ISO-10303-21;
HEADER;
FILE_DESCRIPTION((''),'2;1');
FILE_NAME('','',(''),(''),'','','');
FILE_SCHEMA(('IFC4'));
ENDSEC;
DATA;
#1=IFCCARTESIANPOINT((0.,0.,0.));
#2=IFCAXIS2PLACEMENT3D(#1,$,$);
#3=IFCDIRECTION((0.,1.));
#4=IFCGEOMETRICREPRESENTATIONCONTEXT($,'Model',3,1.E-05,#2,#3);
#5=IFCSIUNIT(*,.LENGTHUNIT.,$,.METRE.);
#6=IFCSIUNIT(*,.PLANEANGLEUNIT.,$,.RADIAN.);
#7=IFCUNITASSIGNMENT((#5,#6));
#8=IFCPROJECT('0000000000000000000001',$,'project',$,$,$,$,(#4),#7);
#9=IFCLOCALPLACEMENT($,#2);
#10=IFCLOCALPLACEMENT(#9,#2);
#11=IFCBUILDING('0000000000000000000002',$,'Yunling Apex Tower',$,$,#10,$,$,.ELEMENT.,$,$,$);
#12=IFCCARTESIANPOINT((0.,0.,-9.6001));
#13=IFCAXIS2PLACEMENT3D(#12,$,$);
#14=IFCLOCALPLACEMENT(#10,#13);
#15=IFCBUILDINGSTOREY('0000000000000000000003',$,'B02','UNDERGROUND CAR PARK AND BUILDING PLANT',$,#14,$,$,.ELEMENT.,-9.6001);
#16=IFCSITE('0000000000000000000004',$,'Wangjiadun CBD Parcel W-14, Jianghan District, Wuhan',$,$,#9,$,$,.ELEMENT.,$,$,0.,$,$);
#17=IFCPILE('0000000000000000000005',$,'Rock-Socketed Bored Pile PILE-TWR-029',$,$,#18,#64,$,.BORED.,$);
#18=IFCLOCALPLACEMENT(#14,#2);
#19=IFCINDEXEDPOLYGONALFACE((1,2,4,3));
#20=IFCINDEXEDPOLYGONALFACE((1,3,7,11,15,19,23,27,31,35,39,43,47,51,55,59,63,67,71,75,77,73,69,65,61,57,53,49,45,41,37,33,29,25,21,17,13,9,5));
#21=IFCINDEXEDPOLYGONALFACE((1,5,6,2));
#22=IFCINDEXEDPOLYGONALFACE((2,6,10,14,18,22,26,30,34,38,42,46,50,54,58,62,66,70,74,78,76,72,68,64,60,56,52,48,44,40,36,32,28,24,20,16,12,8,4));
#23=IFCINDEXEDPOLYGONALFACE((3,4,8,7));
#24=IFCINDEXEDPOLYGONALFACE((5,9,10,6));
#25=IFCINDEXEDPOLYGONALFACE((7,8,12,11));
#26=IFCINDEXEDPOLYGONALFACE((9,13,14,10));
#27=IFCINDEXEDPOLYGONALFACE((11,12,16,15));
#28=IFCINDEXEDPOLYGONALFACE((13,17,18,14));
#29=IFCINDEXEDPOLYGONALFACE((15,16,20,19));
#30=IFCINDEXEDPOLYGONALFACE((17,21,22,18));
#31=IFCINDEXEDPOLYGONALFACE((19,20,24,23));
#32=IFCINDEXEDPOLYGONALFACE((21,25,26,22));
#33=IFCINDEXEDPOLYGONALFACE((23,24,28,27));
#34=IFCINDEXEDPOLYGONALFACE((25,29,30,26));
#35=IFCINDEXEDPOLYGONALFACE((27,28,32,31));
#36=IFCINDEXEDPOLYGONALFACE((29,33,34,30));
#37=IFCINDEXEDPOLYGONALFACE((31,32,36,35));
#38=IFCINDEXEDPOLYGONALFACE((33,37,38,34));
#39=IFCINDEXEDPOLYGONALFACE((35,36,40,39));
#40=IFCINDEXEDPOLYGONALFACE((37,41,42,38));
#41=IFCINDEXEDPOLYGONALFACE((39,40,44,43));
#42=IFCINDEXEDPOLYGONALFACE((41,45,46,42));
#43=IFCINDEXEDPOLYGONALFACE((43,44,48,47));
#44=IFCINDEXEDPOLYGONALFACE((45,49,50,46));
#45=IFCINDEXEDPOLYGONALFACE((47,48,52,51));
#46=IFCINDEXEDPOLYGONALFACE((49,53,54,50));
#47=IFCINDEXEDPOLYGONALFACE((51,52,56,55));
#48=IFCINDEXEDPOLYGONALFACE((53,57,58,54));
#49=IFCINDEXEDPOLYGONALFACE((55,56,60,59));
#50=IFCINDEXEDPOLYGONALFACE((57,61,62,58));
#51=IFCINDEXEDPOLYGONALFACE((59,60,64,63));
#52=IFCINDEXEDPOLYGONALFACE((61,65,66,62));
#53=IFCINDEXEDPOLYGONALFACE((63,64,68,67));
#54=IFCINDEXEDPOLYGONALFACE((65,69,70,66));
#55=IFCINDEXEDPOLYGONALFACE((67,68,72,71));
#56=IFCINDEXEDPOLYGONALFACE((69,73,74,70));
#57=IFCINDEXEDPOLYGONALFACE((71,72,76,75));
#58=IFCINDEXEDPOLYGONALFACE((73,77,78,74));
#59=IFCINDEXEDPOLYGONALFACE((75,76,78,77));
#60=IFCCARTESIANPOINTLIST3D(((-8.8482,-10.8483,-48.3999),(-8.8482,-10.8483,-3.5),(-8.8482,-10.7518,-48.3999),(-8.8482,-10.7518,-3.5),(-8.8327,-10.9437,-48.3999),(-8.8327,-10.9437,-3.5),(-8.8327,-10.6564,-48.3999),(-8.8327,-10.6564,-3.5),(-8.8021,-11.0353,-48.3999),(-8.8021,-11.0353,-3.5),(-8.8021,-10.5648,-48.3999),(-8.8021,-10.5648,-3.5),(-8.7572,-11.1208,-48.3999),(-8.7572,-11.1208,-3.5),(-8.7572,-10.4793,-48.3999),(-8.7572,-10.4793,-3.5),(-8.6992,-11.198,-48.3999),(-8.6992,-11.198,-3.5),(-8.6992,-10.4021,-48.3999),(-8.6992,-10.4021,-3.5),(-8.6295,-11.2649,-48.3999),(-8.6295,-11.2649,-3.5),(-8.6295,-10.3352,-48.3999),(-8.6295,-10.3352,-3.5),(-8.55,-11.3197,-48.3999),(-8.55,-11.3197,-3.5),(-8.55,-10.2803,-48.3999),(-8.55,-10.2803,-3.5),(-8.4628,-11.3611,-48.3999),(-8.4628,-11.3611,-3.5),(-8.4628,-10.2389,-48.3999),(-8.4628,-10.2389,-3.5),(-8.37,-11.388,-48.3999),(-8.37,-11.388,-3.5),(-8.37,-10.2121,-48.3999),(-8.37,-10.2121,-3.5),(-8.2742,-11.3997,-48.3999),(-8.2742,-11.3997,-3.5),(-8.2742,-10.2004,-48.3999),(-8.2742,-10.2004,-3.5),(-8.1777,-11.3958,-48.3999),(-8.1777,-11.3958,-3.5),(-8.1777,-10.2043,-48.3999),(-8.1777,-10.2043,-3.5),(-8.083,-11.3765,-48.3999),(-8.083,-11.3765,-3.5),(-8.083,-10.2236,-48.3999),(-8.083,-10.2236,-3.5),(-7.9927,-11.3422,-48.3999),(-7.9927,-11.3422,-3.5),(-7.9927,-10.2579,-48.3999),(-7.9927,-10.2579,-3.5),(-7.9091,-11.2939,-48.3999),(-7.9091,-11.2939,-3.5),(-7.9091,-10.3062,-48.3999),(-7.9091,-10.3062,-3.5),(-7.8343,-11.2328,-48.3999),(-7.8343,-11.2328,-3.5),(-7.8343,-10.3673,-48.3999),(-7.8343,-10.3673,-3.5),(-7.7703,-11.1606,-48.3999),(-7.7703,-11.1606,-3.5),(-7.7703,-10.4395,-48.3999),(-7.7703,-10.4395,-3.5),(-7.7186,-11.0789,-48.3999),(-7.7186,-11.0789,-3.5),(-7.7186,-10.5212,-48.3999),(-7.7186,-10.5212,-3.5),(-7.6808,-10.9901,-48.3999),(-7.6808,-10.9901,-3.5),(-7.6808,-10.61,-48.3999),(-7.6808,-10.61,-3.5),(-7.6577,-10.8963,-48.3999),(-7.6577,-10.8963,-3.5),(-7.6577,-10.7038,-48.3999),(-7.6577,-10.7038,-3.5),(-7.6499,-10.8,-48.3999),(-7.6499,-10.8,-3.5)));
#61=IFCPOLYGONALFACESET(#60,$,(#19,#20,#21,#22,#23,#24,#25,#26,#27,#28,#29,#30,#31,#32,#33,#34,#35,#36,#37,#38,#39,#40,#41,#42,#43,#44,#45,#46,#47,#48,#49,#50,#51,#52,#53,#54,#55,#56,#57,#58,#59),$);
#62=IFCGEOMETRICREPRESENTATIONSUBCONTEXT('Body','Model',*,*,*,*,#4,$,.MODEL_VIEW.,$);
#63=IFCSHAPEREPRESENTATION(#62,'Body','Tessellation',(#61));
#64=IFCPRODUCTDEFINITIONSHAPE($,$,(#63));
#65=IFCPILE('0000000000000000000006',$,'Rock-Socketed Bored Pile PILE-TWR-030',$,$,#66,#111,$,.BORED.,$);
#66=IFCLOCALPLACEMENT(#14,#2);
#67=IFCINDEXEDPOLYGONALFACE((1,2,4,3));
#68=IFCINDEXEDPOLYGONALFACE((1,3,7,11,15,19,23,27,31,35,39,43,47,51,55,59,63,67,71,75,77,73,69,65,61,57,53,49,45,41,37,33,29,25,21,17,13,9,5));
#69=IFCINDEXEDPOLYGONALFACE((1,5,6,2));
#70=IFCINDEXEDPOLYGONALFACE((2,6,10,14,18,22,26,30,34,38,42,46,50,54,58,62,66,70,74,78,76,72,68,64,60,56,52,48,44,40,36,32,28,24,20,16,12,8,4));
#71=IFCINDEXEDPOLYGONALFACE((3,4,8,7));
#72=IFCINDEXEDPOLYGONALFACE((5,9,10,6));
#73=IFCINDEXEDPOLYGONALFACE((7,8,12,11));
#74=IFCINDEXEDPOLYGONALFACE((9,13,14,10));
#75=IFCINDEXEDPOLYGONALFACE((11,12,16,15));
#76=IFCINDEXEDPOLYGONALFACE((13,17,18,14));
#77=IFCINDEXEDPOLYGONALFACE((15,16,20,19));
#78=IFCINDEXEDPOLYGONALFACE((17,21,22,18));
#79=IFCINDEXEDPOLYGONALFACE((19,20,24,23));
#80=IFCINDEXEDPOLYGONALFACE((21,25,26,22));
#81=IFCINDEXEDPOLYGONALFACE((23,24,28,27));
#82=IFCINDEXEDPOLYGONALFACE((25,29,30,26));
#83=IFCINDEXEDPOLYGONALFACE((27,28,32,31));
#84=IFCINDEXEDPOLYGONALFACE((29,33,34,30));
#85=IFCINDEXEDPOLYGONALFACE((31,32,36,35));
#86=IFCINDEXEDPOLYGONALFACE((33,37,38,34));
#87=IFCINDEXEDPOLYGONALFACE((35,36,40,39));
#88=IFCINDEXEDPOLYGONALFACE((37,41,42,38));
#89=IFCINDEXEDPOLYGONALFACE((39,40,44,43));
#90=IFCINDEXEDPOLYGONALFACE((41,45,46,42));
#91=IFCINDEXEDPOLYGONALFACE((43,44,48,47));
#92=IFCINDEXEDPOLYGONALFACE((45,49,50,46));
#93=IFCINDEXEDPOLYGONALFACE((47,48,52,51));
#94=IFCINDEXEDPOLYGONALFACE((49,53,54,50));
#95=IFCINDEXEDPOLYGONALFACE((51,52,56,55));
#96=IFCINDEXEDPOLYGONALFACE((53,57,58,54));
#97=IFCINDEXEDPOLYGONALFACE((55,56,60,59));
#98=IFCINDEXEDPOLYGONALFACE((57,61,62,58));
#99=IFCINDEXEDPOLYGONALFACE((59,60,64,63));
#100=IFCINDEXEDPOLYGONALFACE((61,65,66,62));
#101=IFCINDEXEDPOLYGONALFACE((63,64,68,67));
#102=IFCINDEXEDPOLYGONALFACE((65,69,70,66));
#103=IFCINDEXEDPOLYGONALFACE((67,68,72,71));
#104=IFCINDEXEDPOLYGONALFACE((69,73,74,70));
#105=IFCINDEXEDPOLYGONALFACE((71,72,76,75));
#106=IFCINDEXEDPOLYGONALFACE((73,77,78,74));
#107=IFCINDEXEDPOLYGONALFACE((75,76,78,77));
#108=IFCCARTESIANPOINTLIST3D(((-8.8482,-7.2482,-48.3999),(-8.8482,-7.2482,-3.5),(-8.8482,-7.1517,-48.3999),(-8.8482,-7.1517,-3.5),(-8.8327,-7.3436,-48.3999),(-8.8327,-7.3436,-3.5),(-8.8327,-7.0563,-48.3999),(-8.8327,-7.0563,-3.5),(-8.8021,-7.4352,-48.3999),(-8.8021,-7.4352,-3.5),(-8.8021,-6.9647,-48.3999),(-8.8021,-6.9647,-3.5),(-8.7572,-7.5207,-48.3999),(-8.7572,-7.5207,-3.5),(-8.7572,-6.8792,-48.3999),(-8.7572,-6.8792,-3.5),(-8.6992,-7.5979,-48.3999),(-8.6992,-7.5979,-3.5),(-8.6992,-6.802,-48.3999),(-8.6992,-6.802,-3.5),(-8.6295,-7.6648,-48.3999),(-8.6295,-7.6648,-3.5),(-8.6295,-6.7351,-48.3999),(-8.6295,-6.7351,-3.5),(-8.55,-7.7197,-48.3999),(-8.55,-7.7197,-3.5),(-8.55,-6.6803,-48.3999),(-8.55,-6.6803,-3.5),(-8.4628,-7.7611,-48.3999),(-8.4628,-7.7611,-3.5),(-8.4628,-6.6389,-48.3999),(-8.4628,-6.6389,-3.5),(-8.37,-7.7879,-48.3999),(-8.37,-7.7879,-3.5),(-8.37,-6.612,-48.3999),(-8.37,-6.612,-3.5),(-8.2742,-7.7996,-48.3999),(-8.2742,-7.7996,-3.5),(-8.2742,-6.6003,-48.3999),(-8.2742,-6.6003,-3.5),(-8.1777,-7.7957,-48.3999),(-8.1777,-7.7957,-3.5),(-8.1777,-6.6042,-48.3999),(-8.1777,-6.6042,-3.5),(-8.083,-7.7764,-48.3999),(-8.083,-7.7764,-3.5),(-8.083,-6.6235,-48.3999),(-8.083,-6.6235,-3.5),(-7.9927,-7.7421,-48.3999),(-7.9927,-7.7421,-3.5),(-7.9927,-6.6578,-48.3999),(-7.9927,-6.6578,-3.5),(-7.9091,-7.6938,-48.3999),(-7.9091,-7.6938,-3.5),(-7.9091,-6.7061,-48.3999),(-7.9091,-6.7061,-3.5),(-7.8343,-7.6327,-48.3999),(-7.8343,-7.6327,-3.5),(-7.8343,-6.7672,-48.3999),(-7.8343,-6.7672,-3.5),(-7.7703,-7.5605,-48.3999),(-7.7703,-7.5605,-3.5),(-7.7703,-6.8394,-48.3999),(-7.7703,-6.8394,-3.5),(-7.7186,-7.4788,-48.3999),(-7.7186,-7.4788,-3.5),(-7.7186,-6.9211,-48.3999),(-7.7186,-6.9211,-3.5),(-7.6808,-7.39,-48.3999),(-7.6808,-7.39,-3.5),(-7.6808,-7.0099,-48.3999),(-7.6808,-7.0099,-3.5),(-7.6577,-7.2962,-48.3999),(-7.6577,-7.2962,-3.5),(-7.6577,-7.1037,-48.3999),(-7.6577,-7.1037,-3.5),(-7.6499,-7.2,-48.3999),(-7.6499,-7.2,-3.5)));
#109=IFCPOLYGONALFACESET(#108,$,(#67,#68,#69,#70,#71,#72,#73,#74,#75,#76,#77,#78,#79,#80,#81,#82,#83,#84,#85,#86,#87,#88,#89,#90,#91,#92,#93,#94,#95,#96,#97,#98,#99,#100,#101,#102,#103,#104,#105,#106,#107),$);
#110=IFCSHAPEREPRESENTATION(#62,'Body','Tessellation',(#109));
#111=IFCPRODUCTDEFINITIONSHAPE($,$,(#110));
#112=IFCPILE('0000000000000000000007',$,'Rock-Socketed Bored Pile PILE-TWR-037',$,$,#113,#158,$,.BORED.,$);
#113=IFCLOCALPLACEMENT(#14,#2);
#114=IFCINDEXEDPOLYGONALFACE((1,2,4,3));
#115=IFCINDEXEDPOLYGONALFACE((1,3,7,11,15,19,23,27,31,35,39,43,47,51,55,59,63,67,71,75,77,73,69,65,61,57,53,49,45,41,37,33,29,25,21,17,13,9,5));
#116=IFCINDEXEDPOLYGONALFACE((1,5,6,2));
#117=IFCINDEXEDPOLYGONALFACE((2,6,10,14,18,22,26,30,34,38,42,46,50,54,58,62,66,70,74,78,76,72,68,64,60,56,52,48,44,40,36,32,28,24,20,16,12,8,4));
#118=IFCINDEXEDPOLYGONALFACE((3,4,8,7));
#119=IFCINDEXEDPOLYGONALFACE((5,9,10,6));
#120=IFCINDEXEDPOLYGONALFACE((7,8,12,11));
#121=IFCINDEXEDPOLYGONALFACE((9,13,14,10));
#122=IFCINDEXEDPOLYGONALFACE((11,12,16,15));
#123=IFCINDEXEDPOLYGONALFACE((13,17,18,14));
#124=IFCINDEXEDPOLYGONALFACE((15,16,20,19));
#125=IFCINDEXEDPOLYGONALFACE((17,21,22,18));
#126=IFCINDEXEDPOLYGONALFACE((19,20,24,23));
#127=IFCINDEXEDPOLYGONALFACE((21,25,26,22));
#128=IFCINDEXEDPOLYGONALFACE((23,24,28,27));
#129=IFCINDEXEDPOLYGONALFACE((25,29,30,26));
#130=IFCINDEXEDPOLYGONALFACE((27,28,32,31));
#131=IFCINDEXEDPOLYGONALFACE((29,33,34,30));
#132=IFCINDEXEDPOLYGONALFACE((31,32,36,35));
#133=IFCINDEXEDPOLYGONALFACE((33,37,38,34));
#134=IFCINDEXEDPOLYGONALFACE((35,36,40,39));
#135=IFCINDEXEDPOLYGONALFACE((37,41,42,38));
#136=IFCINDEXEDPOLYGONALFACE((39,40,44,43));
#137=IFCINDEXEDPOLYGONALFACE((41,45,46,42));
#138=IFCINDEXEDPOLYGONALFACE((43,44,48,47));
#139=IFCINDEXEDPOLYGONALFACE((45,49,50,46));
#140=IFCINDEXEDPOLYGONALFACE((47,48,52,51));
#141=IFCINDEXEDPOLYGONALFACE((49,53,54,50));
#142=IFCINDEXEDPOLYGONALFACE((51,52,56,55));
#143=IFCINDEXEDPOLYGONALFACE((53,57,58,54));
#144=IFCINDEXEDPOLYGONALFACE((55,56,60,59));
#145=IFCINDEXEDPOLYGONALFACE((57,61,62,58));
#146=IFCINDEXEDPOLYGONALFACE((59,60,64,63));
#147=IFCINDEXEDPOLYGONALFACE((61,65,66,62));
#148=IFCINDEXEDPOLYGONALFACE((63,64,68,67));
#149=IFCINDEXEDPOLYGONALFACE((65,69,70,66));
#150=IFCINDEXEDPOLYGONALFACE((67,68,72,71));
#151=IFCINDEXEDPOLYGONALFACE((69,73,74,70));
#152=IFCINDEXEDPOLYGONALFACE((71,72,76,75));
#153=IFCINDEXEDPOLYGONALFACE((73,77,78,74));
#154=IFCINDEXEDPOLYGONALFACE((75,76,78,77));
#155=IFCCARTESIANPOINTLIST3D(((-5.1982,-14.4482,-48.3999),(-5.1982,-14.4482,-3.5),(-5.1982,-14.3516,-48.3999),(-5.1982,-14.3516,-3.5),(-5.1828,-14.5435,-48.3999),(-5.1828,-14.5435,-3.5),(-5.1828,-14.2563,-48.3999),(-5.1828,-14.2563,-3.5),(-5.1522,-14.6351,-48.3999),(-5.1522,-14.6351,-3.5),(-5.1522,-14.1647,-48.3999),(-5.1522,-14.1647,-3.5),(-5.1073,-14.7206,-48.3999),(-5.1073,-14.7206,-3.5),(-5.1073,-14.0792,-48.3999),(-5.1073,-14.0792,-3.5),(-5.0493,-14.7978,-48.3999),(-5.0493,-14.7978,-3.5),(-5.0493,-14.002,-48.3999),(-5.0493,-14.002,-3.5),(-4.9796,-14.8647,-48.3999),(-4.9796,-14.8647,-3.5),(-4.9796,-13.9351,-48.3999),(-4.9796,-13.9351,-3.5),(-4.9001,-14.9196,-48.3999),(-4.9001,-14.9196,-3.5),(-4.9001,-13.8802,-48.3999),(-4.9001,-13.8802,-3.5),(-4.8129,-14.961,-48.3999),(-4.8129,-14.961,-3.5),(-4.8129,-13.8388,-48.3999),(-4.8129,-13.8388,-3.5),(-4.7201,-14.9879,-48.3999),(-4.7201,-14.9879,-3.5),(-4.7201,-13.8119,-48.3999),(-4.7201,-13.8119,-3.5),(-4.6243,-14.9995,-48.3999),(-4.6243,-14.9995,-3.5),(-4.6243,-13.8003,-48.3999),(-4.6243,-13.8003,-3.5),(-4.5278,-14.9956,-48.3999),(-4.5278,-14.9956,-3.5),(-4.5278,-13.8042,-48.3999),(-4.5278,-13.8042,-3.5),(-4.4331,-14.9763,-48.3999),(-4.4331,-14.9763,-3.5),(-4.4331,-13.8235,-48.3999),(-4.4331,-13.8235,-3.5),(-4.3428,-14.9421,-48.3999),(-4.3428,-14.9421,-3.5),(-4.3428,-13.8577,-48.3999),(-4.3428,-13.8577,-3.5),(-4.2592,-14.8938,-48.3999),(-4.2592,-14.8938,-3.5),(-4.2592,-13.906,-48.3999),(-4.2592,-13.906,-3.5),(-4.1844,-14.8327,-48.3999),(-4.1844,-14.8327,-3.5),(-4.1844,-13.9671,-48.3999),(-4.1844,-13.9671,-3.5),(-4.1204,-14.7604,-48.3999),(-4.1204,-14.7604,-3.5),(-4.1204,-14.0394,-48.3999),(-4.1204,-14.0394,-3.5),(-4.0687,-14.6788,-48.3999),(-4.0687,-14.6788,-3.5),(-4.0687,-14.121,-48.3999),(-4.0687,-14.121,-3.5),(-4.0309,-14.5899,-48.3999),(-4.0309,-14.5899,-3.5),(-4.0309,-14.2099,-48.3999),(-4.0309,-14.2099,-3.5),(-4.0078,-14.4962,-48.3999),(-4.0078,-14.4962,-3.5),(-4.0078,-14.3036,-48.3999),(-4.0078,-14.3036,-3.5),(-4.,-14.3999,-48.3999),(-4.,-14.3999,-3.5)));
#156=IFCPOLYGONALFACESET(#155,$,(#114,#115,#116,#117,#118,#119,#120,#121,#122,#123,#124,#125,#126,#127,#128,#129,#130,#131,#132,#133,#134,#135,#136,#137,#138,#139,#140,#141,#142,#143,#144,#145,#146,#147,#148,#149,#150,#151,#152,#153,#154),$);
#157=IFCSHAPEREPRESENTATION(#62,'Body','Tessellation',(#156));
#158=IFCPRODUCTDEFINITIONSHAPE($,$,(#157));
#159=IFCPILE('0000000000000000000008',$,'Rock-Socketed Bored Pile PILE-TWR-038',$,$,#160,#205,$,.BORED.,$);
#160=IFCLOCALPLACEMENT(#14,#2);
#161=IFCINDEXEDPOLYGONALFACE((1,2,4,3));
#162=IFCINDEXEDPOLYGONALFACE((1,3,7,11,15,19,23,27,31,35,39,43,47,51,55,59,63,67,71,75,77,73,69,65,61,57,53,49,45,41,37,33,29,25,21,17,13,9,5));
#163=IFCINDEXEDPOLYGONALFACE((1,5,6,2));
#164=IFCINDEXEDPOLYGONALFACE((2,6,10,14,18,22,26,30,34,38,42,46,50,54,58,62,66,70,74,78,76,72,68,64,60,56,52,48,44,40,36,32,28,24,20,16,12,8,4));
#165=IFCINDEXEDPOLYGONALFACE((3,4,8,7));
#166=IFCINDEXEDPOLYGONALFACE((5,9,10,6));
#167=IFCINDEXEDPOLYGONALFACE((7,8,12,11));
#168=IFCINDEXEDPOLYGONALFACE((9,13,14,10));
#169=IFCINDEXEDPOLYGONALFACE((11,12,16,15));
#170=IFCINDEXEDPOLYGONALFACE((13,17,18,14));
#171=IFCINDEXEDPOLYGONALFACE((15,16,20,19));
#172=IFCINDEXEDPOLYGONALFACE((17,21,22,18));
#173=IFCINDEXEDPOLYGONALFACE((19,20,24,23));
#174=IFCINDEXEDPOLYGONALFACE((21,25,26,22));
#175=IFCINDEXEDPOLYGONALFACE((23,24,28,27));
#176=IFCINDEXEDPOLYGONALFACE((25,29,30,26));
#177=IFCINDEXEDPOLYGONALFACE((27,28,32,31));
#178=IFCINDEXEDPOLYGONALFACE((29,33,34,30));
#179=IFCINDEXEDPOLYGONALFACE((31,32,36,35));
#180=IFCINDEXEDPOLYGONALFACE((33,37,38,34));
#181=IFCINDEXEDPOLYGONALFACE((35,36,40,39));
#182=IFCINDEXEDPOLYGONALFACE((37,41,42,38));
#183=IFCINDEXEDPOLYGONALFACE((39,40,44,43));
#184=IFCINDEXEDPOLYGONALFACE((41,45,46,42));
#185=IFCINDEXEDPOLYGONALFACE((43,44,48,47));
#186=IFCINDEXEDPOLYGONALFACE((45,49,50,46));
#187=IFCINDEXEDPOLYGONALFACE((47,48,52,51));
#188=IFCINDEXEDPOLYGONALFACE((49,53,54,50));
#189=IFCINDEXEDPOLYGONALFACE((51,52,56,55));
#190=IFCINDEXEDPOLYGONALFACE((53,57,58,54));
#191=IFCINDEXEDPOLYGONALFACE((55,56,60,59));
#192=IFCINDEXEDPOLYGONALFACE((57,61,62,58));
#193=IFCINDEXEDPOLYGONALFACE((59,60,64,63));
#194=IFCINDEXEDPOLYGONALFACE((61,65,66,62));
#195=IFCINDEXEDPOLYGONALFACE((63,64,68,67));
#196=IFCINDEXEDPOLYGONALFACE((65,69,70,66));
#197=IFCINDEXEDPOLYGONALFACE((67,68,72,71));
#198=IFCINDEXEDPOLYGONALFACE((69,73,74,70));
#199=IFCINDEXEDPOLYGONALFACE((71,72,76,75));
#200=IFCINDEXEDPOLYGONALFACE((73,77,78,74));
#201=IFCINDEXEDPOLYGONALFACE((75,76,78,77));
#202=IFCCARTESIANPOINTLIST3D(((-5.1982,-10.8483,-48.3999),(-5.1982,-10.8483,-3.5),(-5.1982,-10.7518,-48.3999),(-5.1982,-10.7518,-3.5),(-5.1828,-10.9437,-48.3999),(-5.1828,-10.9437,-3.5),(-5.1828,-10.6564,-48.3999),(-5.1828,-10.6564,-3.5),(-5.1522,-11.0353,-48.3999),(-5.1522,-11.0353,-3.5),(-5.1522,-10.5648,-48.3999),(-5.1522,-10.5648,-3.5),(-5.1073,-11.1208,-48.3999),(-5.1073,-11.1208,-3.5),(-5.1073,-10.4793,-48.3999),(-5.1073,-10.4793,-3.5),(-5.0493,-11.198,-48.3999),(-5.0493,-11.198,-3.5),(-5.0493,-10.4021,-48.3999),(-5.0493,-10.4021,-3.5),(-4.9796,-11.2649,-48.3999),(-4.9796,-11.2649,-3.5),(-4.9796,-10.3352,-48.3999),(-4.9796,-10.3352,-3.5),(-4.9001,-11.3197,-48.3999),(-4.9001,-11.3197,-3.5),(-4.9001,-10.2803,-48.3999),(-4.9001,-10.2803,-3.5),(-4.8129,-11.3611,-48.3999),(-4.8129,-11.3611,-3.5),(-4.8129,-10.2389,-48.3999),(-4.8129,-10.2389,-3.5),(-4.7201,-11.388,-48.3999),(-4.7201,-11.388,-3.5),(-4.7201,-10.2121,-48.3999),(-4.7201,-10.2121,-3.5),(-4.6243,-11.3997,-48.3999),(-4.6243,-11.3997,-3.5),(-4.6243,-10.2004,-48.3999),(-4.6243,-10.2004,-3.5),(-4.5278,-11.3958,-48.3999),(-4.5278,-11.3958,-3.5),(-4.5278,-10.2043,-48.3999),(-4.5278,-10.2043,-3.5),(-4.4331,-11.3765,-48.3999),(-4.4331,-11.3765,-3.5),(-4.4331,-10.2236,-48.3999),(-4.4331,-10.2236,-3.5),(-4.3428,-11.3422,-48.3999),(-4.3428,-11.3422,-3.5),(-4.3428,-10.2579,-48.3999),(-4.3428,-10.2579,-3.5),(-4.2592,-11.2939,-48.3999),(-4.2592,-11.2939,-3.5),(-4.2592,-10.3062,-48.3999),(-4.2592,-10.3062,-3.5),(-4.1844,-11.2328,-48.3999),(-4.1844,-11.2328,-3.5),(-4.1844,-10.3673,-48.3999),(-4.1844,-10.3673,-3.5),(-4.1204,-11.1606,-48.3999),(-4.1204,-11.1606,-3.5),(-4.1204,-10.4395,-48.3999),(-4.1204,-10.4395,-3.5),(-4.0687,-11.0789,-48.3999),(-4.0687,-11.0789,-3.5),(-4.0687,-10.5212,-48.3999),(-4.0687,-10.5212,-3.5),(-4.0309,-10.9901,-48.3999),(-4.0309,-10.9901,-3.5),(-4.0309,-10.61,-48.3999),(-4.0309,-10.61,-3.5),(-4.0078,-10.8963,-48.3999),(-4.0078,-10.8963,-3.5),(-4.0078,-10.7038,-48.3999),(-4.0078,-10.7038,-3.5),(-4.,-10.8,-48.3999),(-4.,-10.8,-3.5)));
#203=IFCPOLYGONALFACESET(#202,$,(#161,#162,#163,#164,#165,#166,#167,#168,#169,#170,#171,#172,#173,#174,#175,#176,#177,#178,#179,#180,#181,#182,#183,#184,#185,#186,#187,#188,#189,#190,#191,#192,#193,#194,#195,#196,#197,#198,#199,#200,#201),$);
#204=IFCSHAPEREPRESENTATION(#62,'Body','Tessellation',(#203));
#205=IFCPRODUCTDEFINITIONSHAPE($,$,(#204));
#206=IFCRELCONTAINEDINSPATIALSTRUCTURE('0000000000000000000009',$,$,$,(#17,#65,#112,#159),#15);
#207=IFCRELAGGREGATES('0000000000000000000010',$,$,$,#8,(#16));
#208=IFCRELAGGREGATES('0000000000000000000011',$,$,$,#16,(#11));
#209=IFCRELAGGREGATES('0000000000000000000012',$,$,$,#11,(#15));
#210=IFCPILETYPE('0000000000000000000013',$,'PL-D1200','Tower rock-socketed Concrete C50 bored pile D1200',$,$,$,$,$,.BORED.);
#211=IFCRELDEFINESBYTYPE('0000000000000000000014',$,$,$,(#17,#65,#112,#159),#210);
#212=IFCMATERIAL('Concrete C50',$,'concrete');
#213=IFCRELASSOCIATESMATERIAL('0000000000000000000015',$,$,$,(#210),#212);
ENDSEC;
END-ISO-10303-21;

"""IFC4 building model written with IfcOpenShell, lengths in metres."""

from ifc_helpers import new_model, si_unit, direction, frame, origin, origin_2d, place, context, subcontext, project, spatial, circle, extrude, source, transform, mapped, material, material_profile, profile_set, type_object, element, save


model = new_model("IFC4")

# Units and contexts
model_context = context("Model", 3, precision=1e-05, world=origin(), true_north=direction((0.0, 1.0)))
body_context = subcontext(model_context, "Body", "Model", "MODEL_VIEW")
ifc_project = project(units=[si_unit("LENGTHUNIT", "METRE"), si_unit("PLANEANGLEUNIT", "RADIAN")], contexts=[model_context])

# Site, building, storey
site_placement = place(None, origin())
site = spatial("IfcSite", under=ifc_project, at=site_placement, Name="Wangjiadun CBD Parcel W-14, Jianghan District, Wuhan", CompositionType="ELEMENT", RefElevation=0.0)
building_placement = place(site_placement, origin())
building = spatial("IfcBuilding", under=site, at=building_placement, Name="Yunling Apex Tower", CompositionType="ELEMENT")
storey_placement = place(building_placement, frame((0.0, 0.0, -9.6001)))
storey = spatial("IfcBuildingStorey", under=building, at=storey_placement, Name="B02", Description="UNDERGROUND CAR PARK AND BUILDING PLANT", CompositionType="ELEMENT", Elevation=-9.6001)

# Shared definitions
ifc_material_1 = material(Name="Concrete C50", Category="concrete")

# Piles
ifc_material_profile_1 = material_profile(ifc_material_1, circle(Radius=0.6001, at=origin_2d()))
ifc_profile_set_1 = profile_set([ifc_material_profile_1], Name="Concrete C50")
pile_type_1 = type_object("IfcPileType", Name="PL-D1200", Description="Tower rock-socketed Concrete C50 bored pile D1200", PredefinedType="BORED", material=ifc_profile_set_1)
shared_shape_1 = source(origin(), body_context, "Body", "SweptSolid", [
    extrude(circle(Radius=0.6001, at=origin_2d()), origin(), (0.0, 0.0, 1.0), 44.8999),
])
for number, where, z_axis, x_axis, name in (
    (1, (-8.25, -10.8, -3.5), (0.0, 0.0, -1.0), (1.0, 0.0, 0.0), "Rock-Socketed Bored Pile PILE-TWR-029"),
    (2, (-8.25, -7.2, -3.5), (0.0, 0.0, -1.0), (1.0, 0.0, 0.0), "Rock-Socketed Bored Pile PILE-TWR-030"),
    (3, (-4.6001, -14.3999, -3.5), (0.0, 0.0, -1.0), (1.0, 0.0, 0.0), "Rock-Socketed Bored Pile PILE-TWR-037"),
    (4, (-4.6001, -10.8, -3.5), (0.0, 0.0, -1.0), (1.0, 0.0, 0.0), "Rock-Socketed Bored Pile PILE-TWR-038"),
):
    element("IfcPile", number, at=place(storey_placement, frame(where, z_axis=z_axis, x_axis=x_axis)), inside=storey, type_object=pile_type_1, Name=name, PredefinedType="BORED", context=body_context, shape_type="MappedRepresentation", body=[
        mapped(shared_shape_1, transform((0.0, 0.0, 0.0), scale=1.0)),
    ])

save(model, "model.ifc")
